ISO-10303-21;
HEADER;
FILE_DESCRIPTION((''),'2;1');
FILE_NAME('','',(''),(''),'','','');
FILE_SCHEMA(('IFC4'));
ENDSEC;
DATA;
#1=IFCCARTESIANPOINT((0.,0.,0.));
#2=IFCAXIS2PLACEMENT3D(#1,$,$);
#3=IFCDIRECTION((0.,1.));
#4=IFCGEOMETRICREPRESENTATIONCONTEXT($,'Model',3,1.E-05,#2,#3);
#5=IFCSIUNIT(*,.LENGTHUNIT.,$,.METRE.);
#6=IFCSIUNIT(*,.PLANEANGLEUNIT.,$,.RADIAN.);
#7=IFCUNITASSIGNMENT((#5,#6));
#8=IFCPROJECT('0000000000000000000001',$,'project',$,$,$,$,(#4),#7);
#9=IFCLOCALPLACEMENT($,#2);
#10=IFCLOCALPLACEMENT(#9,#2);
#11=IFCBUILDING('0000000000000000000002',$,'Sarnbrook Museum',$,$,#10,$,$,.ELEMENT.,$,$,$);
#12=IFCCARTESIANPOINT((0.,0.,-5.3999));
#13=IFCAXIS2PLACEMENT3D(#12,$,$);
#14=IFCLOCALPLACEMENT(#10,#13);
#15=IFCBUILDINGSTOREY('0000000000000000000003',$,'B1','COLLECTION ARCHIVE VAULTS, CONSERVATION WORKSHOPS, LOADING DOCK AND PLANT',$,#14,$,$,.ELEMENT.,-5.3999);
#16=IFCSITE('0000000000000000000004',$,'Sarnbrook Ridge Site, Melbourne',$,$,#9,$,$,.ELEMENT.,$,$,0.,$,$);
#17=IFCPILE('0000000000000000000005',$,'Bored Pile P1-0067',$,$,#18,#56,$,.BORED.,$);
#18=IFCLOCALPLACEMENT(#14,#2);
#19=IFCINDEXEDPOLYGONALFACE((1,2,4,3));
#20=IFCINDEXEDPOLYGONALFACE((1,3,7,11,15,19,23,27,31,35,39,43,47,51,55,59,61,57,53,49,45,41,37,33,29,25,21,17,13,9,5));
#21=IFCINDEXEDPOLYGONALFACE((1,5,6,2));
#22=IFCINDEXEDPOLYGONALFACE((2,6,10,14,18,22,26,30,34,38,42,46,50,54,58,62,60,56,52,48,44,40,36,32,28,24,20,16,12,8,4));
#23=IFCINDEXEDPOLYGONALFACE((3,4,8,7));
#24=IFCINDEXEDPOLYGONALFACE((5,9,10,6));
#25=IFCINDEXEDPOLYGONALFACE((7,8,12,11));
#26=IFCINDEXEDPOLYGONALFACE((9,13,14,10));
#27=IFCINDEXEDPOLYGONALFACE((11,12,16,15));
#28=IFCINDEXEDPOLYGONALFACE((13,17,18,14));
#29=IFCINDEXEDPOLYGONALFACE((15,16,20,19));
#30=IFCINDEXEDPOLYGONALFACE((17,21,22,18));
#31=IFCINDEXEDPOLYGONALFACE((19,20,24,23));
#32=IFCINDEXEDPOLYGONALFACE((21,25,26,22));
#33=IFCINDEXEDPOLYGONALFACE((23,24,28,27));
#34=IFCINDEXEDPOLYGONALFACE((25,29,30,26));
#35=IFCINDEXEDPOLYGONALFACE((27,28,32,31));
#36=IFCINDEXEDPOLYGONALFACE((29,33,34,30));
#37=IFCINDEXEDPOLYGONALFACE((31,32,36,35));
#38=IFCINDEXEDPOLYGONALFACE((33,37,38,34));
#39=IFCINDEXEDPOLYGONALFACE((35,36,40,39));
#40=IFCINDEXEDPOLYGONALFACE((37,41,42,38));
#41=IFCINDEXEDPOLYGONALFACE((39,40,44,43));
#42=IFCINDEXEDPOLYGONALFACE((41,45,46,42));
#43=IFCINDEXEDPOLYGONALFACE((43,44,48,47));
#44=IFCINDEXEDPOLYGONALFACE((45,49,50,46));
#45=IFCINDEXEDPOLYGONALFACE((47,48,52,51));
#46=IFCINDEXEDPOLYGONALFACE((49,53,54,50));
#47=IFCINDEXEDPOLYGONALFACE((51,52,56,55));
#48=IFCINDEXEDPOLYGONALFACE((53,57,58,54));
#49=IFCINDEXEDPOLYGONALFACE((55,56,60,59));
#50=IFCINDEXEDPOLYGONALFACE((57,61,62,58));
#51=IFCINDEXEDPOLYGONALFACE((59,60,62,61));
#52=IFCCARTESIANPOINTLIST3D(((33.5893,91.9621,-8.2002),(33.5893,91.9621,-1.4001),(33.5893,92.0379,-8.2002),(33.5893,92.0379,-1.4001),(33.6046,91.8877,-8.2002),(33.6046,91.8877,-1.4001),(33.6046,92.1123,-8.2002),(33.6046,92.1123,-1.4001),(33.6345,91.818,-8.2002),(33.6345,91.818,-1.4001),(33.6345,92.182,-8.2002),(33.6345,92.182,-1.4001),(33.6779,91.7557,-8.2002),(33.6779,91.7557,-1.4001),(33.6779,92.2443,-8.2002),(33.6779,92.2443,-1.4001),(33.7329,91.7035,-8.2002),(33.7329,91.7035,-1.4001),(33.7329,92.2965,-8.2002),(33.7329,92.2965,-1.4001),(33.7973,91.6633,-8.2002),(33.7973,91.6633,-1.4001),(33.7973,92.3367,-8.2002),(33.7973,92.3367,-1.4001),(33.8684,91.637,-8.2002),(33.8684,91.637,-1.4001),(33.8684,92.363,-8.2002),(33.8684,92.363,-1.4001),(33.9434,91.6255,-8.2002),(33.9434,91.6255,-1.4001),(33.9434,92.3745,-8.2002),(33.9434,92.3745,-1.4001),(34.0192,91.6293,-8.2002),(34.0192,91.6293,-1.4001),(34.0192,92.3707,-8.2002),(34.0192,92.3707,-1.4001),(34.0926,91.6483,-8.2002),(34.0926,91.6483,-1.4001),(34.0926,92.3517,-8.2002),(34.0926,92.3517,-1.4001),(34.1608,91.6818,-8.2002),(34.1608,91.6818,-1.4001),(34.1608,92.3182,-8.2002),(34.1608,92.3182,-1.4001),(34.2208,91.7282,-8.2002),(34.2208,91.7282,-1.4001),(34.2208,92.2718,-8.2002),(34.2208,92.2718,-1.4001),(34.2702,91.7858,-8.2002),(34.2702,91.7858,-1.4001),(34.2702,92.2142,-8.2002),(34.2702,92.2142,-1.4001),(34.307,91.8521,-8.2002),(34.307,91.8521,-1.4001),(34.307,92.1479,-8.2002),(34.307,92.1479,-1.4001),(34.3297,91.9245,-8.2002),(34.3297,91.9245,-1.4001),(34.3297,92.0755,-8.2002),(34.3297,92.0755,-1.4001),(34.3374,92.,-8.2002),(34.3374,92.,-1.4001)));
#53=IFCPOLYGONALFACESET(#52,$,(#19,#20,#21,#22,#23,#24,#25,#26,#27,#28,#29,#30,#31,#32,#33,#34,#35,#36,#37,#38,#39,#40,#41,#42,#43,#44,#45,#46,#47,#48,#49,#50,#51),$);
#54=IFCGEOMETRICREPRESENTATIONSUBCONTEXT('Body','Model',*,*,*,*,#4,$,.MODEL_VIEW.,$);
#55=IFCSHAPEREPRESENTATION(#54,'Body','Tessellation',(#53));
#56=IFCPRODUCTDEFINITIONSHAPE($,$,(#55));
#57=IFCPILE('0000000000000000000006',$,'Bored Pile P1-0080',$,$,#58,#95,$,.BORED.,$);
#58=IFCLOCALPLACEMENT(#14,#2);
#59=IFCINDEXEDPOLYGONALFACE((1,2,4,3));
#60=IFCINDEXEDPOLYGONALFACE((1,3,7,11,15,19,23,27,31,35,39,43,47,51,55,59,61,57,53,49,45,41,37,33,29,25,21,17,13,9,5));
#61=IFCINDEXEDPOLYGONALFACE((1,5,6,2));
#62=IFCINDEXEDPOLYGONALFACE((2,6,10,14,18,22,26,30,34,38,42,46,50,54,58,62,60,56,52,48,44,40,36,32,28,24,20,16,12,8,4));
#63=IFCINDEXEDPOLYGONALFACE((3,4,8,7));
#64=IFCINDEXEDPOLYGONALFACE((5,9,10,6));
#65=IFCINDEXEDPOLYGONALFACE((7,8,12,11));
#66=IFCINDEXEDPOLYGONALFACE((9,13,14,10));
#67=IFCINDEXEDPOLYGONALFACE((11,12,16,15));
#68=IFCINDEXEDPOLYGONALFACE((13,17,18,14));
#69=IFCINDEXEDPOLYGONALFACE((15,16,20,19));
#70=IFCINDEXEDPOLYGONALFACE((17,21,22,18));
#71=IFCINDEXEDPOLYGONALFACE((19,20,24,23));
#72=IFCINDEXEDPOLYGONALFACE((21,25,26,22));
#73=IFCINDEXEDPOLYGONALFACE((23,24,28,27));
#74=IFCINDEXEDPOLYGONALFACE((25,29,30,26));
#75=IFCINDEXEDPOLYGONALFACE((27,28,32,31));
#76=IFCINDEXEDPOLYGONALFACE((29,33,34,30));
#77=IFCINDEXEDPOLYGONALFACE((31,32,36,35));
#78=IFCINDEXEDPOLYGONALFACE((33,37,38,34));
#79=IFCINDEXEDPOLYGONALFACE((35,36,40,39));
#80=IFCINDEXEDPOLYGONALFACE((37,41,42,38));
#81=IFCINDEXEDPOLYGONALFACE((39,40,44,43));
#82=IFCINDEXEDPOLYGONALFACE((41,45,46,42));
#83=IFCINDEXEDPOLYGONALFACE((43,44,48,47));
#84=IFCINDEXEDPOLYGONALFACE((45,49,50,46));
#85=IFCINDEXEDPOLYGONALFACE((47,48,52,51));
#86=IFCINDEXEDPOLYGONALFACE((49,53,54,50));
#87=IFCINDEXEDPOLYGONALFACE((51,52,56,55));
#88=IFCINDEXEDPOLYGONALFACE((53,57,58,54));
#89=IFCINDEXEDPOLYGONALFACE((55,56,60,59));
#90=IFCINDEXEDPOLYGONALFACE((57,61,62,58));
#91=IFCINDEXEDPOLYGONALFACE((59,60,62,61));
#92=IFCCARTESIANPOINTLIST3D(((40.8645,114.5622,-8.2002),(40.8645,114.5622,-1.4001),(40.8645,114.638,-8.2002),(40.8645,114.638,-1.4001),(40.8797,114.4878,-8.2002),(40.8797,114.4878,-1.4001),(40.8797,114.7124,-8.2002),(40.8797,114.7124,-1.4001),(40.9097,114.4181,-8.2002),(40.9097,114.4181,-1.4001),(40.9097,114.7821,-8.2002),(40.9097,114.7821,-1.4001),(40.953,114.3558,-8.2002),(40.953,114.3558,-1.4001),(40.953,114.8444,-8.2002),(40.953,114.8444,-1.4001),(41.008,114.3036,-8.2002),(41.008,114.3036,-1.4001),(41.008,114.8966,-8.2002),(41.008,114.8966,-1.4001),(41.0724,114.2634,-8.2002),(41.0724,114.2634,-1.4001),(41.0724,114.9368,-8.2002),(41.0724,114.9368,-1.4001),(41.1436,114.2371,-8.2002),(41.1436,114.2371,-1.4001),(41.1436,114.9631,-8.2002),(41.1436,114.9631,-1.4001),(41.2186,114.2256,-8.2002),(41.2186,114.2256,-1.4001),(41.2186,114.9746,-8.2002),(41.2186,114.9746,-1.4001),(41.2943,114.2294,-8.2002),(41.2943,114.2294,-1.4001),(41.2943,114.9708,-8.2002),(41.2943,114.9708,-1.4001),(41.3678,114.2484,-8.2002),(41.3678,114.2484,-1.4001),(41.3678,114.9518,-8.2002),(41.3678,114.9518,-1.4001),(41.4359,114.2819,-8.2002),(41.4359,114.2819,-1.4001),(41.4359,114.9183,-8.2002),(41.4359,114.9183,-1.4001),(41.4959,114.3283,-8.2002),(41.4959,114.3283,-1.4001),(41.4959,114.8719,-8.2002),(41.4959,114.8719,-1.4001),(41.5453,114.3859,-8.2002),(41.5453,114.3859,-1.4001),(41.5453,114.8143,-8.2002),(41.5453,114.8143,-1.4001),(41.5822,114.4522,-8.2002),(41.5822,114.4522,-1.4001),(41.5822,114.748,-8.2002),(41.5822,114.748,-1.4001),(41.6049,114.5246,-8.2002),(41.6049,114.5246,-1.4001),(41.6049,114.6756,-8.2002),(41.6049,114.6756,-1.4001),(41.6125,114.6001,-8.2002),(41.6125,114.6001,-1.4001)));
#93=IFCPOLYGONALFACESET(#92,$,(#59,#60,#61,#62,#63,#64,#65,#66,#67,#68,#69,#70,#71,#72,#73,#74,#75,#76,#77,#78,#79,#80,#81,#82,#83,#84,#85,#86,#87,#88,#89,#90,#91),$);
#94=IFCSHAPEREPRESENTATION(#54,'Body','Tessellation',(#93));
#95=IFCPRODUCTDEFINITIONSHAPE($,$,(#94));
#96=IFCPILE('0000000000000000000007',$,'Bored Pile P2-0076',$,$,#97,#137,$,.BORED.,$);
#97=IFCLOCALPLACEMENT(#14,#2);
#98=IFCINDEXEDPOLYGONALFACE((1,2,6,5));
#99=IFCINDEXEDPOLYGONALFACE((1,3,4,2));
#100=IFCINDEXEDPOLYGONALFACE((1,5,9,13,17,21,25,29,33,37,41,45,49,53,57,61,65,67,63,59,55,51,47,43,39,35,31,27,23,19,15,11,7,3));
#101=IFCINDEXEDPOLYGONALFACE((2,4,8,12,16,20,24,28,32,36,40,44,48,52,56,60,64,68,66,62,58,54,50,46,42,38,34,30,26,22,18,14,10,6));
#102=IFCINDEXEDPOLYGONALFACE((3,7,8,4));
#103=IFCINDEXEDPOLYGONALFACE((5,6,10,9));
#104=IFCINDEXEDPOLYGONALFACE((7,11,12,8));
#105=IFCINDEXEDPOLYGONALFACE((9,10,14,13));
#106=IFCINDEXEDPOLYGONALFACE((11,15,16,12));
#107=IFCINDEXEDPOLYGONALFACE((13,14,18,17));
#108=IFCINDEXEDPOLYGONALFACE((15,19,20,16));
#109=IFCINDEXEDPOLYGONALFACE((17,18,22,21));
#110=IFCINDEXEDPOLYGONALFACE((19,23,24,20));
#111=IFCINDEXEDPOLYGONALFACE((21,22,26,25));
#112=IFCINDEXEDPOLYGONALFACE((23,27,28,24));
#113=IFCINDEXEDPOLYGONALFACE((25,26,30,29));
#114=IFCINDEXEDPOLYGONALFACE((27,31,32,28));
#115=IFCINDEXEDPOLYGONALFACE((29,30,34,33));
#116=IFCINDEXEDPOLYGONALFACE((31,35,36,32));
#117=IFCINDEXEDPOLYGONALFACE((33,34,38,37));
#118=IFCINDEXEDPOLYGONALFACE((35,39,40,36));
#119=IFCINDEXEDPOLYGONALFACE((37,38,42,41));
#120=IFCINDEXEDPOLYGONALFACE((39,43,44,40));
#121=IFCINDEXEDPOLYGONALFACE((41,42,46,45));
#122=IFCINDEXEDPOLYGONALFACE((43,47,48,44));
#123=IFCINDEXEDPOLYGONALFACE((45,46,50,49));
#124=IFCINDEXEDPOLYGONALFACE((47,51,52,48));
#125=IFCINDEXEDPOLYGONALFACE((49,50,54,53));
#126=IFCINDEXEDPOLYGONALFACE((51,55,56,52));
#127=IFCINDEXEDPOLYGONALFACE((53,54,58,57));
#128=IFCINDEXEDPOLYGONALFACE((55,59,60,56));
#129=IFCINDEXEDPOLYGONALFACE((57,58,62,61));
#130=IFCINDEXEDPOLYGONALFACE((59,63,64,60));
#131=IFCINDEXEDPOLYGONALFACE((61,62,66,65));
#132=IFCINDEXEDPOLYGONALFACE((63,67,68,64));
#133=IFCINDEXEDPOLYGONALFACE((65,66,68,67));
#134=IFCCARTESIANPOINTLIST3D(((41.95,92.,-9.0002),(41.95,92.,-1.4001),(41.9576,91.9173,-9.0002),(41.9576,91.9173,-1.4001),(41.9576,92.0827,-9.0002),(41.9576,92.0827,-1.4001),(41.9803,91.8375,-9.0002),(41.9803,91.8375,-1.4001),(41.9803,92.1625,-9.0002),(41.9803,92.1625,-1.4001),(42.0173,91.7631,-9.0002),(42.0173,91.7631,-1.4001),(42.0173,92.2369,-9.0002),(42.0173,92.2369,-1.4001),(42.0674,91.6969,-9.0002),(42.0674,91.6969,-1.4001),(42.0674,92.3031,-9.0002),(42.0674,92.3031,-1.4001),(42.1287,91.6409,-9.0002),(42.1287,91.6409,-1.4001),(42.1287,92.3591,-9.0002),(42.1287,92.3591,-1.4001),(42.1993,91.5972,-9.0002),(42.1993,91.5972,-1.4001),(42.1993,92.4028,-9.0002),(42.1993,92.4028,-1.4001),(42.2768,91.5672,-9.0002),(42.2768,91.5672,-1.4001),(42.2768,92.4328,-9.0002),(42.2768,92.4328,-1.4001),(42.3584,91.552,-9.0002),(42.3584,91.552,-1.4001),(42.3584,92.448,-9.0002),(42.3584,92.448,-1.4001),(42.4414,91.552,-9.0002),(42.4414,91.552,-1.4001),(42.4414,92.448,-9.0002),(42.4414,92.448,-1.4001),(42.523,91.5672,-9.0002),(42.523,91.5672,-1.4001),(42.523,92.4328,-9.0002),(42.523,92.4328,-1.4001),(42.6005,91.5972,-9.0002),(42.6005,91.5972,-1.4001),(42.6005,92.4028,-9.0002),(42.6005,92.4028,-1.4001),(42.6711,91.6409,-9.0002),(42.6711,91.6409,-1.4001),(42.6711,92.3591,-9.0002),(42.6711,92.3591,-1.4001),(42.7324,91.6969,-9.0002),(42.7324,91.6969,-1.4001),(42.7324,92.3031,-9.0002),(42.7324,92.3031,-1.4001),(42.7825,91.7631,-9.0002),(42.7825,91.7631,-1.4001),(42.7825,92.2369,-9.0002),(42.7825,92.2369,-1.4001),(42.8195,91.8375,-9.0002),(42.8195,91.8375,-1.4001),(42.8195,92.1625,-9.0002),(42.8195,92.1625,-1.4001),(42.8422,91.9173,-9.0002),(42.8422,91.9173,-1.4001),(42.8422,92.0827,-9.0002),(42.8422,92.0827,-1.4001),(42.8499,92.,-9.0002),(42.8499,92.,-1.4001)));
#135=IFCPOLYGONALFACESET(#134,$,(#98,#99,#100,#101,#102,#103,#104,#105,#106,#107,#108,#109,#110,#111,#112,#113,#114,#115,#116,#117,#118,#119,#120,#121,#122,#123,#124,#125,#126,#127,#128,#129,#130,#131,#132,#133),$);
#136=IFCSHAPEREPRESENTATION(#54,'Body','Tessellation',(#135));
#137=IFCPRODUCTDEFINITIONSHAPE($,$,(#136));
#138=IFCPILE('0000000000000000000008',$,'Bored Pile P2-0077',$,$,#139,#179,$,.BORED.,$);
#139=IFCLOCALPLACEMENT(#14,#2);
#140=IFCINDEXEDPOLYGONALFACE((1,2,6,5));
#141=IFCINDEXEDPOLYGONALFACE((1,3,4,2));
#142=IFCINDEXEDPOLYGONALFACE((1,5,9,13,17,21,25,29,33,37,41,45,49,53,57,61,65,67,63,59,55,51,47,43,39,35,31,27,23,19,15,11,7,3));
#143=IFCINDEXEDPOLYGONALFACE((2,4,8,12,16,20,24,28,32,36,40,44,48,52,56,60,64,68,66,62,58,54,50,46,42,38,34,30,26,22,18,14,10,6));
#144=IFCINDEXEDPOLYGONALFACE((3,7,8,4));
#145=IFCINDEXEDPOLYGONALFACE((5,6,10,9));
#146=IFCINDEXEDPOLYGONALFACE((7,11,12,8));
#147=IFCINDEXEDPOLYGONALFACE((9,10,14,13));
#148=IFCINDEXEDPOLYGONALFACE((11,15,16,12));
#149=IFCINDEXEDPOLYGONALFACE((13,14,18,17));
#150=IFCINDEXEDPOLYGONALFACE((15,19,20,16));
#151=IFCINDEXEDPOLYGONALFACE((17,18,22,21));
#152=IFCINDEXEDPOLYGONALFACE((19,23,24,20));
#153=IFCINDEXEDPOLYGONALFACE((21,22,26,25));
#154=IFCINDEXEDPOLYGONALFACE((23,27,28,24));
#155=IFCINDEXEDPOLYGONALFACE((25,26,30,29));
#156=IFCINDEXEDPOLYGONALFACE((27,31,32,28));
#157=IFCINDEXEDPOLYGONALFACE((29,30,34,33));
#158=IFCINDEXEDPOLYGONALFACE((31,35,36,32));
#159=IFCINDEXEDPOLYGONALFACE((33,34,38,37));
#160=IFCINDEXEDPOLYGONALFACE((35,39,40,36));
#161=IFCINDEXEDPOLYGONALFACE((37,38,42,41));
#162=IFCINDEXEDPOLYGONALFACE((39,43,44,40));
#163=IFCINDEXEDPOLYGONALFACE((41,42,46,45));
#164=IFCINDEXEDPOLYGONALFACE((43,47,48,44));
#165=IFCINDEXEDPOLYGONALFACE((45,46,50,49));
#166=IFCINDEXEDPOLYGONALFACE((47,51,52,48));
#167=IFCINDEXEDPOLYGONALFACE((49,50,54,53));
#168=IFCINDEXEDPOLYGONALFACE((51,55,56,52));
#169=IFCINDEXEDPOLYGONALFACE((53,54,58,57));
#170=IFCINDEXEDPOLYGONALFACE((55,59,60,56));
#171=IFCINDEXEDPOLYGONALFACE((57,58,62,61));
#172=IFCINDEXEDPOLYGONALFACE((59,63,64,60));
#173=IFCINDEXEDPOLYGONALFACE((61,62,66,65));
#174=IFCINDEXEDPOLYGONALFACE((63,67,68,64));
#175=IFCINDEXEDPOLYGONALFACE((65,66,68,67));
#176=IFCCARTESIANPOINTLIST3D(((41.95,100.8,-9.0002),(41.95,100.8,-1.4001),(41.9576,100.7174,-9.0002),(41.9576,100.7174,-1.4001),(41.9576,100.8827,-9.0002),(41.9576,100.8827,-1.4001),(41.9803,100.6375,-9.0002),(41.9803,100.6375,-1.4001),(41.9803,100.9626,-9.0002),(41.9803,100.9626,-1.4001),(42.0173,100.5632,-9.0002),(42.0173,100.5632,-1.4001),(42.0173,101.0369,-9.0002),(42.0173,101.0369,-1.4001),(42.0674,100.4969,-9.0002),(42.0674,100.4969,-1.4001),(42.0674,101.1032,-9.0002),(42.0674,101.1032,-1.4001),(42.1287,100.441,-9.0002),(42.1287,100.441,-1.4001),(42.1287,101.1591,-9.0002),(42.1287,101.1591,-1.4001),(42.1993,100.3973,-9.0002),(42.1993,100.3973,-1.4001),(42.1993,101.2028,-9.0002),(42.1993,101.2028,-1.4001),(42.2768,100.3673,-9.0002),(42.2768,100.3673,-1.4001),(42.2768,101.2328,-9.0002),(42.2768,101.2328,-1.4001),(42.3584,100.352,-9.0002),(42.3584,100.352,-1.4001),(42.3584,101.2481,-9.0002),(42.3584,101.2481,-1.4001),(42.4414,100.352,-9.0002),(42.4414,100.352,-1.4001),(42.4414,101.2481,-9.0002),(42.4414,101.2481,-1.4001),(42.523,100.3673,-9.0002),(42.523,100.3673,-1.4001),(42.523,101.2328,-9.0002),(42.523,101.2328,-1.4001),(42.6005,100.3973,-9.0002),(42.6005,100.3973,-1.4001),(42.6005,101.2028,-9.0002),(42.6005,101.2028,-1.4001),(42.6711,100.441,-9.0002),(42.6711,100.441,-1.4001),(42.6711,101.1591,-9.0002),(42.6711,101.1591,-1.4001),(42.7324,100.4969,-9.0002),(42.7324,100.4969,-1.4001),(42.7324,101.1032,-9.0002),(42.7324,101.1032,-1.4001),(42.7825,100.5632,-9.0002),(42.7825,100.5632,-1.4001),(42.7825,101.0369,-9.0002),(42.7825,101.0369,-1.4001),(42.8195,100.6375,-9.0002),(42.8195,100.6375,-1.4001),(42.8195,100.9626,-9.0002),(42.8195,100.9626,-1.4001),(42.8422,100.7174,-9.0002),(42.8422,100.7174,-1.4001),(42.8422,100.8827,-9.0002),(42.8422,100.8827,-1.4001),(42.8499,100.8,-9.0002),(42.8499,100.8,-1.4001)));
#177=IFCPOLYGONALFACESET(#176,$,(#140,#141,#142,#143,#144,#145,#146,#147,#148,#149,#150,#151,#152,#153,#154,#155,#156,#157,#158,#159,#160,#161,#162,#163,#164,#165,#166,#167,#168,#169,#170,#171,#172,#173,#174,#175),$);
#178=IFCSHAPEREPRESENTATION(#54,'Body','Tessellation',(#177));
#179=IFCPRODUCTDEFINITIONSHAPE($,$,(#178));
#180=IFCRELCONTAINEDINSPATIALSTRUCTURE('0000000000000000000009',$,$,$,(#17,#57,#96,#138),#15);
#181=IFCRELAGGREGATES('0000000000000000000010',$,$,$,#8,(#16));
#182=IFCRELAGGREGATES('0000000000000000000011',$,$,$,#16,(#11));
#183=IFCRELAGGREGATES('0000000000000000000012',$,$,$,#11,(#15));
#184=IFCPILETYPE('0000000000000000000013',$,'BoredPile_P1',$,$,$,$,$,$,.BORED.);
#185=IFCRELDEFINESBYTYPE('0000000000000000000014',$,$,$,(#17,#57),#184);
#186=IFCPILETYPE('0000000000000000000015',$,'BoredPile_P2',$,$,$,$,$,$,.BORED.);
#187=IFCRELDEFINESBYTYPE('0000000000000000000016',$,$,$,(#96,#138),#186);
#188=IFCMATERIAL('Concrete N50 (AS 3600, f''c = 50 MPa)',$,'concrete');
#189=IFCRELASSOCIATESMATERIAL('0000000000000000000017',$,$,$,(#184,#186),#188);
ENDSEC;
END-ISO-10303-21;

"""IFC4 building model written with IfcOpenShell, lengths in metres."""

from ifc_helpers import new_model, si_unit, direction, frame, origin, origin_2d, place, context, subcontext, project, spatial, circle, extrude, material, material_profile, profile_set, type_object, element, save


model = new_model("IFC4")

# Units and contexts
model_context = context("Model", 3, precision=1e-05, world=origin(), true_north=direction((0.0, 1.0)))
body_context = subcontext(model_context, "Body", "Model", "MODEL_VIEW")
ifc_project = project(units=[si_unit("LENGTHUNIT", "METRE"), si_unit("PLANEANGLEUNIT", "RADIAN")], contexts=[model_context])

# Site, building, storey
site_placement = place(None, origin())
site = spatial("IfcSite", under=ifc_project, at=site_placement, Name="Sarnbrook Ridge Site, Melbourne", CompositionType="ELEMENT", RefElevation=0.0)
building_placement = place(site_placement, origin())
building = spatial("IfcBuilding", under=site, at=building_placement, Name="Sarnbrook Museum", CompositionType="ELEMENT")
storey_placement = place(building_placement, frame((0.0, 0.0, -5.3999)))
storey = spatial("IfcBuildingStorey", under=building, at=storey_placement, Name="B1", Description="COLLECTION ARCHIVE VAULTS, CONSERVATION WORKSHOPS, LOADING DOCK AND PLANT", CompositionType="ELEMENT", Elevation=-5.3999)

# Piles
ifc_material_1 = material(Name="Concrete N50 (AS 3600, f'c = 50 MPa)", Category="concrete")
ifc_material_profile_1 = material_profile(ifc_material_1, circle(Radius=0.375, at=origin_2d()), Name="BORED PILE D750")
ifc_profile_set_1 = profile_set([ifc_material_profile_1], Name="Concrete N50 (AS 3600, f'c = 50 MPa)")
pile_type_1 = type_object("IfcPileType", Name="BoredPile_P1", PredefinedType="BORED", material=ifc_profile_set_1)
for number, where, z_axis, x_axis, name in (
    (1, (33.9624, 92.0, -1.4001), (0.0, 0.0, -1.0), (1.0, 0.0, 0.0), "Bored Pile P1-0067"),
    (2, (41.2375, 114.6001, -1.4001), (0.0, 0.0, -1.0), (1.0, 0.0, 0.0), "Bored Pile P1-0080"),
):
    element("IfcPile", number, at=place(storey_placement, frame(where, z_axis=z_axis, x_axis=x_axis)), inside=storey, type_object=pile_type_1, Name=name, PredefinedType="BORED", context=body_context, shape_type="SweptSolid", body=[
        extrude(circle(Radius=0.375, at=origin_2d()), origin(), (0.0, 0.0, 1.0), 6.8),
    ])
ifc_material_profile_2 = material_profile(ifc_material_1, circle(Radius=0.45, at=origin_2d()), Name="BORED PILE D900")
ifc_profile_set_2 = profile_set([ifc_material_profile_2], Name="Concrete N50 (AS 3600, f'c = 50 MPa)")
pile_type_2 = type_object("IfcPileType", Name="BoredPile_P2", PredefinedType="BORED", material=ifc_profile_set_2)
for number, where, z_axis, x_axis, name in (
    (3, (42.3999, 92.0, -1.4001), (0.0, 0.0, -1.0), (1.0, 0.0, 0.0), "Bored Pile P2-0076"),
    (4, (42.3999, 100.8, -1.4001), (0.0, 0.0, -1.0), (1.0, 0.0, 0.0), "Bored Pile P2-0077"),
):
    element("IfcPile", number, at=place(storey_placement, frame(where, z_axis=z_axis, x_axis=x_axis)), inside=storey, type_object=pile_type_2, Name=name, PredefinedType="BORED", context=body_context, shape_type="SweptSolid", body=[
        extrude(circle(Radius=0.45, at=origin_2d()), origin(), (0.0, 0.0, 1.0), 7.6001),
    ])

save(model, "model.ifc")
